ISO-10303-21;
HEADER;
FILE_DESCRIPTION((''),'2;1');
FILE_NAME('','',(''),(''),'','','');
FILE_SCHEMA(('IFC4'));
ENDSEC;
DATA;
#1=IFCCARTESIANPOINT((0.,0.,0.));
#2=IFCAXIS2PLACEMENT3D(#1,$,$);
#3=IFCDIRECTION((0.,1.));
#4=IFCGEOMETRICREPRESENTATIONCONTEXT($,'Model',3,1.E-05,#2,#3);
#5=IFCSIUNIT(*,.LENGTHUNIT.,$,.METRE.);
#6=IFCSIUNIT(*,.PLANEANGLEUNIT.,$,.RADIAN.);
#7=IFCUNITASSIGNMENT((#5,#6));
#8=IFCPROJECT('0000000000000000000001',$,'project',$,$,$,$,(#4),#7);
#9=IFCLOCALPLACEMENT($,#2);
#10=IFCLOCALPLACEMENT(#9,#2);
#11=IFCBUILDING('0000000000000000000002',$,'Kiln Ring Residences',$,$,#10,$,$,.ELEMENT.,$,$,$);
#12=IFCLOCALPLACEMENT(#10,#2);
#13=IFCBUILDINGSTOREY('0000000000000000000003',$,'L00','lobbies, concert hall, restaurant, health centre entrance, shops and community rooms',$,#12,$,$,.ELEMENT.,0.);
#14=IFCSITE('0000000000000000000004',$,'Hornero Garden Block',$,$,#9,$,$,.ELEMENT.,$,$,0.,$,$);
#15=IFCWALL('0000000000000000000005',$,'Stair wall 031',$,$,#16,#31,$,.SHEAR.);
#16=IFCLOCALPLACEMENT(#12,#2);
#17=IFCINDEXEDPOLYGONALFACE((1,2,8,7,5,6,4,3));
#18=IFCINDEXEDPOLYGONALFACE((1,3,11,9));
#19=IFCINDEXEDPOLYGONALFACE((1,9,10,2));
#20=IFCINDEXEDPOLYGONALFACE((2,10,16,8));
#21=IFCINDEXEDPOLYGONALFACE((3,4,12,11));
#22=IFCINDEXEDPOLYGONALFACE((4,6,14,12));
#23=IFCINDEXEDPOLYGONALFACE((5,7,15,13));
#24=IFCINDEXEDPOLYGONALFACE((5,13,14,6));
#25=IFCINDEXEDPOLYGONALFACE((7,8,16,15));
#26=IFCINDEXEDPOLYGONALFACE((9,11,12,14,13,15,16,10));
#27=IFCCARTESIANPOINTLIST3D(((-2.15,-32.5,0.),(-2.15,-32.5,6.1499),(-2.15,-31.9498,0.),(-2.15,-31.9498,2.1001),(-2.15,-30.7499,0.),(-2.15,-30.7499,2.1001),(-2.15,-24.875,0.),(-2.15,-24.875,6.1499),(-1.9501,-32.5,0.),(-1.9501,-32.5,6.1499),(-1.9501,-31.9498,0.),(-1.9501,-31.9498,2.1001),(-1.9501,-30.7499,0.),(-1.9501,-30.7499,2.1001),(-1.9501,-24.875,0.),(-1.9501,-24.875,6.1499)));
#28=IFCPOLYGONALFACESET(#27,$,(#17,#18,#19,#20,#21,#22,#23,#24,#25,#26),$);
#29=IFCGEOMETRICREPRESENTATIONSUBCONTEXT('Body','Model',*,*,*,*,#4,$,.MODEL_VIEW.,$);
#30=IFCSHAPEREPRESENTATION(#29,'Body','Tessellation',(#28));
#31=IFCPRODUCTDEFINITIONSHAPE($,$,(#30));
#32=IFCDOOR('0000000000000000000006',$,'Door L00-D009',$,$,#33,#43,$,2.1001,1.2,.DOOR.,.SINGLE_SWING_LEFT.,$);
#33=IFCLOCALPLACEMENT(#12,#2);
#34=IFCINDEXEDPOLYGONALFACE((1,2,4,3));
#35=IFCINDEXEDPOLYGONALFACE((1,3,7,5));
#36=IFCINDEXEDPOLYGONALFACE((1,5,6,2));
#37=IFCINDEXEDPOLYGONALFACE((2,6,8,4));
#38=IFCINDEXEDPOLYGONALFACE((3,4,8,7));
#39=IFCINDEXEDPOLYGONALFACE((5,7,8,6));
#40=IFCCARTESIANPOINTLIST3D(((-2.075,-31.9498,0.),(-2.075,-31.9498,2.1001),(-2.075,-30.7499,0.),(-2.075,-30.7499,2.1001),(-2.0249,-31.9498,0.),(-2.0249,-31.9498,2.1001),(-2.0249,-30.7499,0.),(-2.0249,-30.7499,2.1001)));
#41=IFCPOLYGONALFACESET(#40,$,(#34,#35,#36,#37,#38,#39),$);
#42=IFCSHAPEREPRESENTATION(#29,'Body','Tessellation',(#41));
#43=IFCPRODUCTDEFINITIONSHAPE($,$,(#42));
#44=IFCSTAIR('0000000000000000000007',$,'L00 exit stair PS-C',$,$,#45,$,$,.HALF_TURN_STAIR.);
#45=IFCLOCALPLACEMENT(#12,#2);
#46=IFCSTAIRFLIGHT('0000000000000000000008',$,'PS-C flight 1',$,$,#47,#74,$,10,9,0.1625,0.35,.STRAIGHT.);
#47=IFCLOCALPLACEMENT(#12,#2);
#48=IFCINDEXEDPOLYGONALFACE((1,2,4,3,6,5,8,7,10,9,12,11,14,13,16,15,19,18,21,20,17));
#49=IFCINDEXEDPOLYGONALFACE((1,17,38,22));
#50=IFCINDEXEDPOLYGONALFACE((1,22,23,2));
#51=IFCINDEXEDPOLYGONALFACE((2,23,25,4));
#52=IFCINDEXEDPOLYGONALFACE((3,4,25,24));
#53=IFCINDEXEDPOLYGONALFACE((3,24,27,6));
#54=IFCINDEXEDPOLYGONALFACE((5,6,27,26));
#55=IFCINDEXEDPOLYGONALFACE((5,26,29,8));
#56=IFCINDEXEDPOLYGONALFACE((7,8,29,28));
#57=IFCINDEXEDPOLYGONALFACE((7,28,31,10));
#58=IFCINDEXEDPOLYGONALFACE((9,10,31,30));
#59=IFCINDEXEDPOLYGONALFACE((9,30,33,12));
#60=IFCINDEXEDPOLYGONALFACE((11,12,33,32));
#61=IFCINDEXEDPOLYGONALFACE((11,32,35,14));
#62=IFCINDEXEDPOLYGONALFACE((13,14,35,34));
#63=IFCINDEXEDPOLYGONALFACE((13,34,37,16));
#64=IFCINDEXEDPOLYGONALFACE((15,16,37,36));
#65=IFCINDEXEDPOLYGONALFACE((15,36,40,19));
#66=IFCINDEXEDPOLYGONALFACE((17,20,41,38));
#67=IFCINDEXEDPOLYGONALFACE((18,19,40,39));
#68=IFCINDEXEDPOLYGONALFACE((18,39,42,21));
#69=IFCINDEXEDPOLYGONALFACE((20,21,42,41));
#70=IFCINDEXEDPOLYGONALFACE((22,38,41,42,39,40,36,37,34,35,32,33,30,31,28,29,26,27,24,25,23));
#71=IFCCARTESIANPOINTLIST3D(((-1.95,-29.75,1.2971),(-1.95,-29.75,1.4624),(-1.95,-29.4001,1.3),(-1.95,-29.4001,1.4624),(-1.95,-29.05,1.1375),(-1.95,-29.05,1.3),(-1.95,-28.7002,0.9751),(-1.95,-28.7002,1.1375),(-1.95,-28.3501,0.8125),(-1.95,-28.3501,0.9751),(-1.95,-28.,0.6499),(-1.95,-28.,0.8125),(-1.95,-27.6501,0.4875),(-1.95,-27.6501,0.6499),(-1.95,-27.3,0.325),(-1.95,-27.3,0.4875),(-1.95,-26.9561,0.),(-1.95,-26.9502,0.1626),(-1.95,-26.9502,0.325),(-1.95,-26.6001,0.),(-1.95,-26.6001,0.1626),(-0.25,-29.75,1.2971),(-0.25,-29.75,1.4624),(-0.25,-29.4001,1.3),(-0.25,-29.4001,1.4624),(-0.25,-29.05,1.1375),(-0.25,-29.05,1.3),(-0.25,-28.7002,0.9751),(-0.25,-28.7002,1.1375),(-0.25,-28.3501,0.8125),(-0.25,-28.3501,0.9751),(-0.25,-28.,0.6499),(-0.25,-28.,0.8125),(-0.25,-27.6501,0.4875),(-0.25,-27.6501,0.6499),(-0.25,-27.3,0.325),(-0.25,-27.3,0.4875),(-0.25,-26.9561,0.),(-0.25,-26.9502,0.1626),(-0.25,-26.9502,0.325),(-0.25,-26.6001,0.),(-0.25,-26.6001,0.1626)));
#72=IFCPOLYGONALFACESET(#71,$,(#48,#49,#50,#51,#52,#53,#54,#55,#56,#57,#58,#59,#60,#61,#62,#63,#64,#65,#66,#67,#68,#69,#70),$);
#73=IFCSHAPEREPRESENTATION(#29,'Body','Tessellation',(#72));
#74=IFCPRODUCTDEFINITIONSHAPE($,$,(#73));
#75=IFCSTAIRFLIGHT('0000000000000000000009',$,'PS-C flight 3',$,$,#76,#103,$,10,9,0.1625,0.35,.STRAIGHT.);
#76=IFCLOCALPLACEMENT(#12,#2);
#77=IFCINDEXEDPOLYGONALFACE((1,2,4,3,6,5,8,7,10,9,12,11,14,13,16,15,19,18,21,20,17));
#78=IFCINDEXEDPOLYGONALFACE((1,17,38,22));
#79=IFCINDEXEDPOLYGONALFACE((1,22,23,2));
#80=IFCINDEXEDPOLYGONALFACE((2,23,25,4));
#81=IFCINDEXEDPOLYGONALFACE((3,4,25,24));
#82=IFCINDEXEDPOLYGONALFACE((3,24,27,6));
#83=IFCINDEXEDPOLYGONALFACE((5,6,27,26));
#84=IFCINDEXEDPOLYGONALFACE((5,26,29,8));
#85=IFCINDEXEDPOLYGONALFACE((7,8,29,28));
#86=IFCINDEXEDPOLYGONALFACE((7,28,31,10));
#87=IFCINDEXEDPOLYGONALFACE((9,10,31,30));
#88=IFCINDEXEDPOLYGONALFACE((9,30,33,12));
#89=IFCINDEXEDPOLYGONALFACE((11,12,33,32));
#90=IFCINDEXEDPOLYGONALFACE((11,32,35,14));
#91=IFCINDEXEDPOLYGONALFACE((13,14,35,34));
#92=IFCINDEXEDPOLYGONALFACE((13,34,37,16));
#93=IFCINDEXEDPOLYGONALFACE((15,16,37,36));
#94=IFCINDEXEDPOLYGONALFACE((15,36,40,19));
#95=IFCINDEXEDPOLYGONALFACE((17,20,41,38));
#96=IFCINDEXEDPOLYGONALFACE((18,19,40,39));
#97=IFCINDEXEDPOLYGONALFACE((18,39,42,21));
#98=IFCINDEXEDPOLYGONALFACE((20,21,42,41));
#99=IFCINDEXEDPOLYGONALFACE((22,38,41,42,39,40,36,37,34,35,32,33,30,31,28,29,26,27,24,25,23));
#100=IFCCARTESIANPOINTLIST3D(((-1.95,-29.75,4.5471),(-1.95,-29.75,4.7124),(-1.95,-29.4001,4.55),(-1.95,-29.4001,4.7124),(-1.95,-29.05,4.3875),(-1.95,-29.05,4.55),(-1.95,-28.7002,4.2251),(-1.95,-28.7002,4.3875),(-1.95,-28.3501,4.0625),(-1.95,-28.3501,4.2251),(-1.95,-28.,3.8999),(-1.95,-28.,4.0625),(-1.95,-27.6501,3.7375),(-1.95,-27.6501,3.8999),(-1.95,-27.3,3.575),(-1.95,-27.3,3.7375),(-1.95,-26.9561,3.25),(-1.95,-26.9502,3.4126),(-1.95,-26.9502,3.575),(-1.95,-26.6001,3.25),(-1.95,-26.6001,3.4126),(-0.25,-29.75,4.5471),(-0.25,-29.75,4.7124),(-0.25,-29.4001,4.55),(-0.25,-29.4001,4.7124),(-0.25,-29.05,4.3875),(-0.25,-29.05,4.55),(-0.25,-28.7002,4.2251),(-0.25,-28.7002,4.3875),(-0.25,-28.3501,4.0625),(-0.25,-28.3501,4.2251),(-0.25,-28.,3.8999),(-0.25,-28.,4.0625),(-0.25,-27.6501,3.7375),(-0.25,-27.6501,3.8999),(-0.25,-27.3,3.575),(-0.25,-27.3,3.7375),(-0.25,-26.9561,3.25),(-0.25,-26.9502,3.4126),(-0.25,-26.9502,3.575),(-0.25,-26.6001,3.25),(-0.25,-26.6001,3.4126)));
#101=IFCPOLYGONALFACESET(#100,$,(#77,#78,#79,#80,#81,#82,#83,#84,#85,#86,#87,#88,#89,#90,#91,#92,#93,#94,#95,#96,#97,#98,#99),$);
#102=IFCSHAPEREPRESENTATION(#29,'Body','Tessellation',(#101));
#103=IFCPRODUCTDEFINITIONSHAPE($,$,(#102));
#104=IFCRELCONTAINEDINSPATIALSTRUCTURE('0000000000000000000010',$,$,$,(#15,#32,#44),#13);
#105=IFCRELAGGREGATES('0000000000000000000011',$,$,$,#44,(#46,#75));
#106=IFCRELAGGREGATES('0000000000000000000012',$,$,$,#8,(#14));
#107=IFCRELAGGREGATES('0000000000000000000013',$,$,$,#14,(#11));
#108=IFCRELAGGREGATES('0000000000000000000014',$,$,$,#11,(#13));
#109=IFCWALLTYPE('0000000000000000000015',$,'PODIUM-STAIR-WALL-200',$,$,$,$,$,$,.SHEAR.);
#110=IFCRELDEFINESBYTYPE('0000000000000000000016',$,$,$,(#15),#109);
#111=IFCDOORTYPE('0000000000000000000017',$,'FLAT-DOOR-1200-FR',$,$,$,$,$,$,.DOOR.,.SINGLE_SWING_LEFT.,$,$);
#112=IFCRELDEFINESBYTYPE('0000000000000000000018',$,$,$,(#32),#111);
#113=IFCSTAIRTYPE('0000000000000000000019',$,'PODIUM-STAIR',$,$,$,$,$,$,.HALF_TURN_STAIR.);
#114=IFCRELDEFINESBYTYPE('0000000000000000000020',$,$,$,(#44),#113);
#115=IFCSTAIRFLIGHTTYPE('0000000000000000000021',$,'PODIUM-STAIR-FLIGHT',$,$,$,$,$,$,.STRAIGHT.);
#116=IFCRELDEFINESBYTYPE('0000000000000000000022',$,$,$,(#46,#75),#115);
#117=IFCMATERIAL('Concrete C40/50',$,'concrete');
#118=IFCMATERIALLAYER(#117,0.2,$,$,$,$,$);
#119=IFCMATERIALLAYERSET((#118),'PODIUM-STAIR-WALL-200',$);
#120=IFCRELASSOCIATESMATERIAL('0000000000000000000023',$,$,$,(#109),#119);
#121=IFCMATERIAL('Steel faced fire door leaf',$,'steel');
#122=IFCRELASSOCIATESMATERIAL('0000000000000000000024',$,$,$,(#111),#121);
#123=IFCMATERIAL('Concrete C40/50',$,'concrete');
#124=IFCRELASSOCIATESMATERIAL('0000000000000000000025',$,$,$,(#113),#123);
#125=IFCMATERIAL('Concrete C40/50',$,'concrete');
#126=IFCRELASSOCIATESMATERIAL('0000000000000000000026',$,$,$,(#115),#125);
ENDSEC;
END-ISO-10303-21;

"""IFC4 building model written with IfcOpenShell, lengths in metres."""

from ifc_helpers import new_model, si_unit, direction, frame, frame_2d, origin, place, context, subcontext, project, spatial, polyline, rectangle, outline, extrude, material, layer, layer_set, type_object, element, fill, aggregate, save


model = new_model("IFC4")

# Units and contexts
model_context = context("Model", 3, precision=1e-05, world=origin(), true_north=direction((0.0, 1.0)))
body_context = subcontext(model_context, "Body", "Model", "MODEL_VIEW")
ifc_project = project(units=[si_unit("LENGTHUNIT", "METRE"), si_unit("PLANEANGLEUNIT", "RADIAN")], contexts=[model_context])

# Site, building, storey
site_placement = place(None, origin())
site = spatial("IfcSite", under=ifc_project, at=site_placement, Name="Hornero Garden Block", CompositionType="ELEMENT", RefElevation=0.0)
building_placement = place(site_placement, origin())
building = spatial("IfcBuilding", under=site, at=building_placement, Name="Kiln Ring Residences", CompositionType="ELEMENT")
storey_placement = place(building_placement, origin())
storey = spatial("IfcBuildingStorey", under=building, at=storey_placement, Name="L00", Description="lobbies, concert hall, restaurant, health centre entrance, shops and community rooms", CompositionType="ELEMENT", Elevation=0.0)

# Shared definitions
placement = place(storey_placement, origin())

# Shared definitions
ifc_material_1 = material(Name="Concrete C40/50", Category="concrete")
ifc_layer_1 = layer(ifc_material_1, 0.2)
ifc_layer_set_1 = layer_set([ifc_layer_1], Name="PODIUM-STAIR-WALL-200")
wall_type_1 = type_object("IfcWallType", Name="PODIUM-STAIR-WALL-200", PredefinedType="SHEAR", material=ifc_layer_set_1)

# Wall, opening, door
ifc_material_2 = material(Name="Steel faced fire door leaf", Category="steel")
door_type = type_object("IfcDoorType", Name="FLAT-DOOR-1200-FR", OperationType="SINGLE_SWING_LEFT", PredefinedType="DOOR", material=ifc_material_2)
wall_1_placement = place(storey_placement, frame((-2.05, -32.5, 0.0), z_axis=(0.0, 0.0, 1.0), x_axis=(0.0, 1.0, 0.0)))
wall_1 = element("IfcWall", 1, at=wall_1_placement, inside=storey, type_object=wall_type_1, Name="Stair wall 031", PredefinedType="SHEAR", context=body_context, shape_type="SweptSolid", body=[
    extrude(rectangle(XDim=7.625, YDim=0.2, at=frame_2d((3.8125, 0.0))), origin(), (0.0, 0.0, 1.0), 6.1499),
])
opening_1_placement = place(wall_1_placement, frame((0.55, 0.0, 0.0)))
opening_1 = element("IfcOpeningElement", 2, at=opening_1_placement, cuts=wall_1, PredefinedType="OPENING", context=body_context, shape_type="SweptSolid", body=[
    extrude(rectangle(XDim=1.2, YDim=2.1001, at=frame_2d((0.6001, 1.05))), frame((0.0, 0.1099, 0.0), z_axis=(0.0, -1.0, 0.0), x_axis=(1.0, 0.0, 0.0)), (0.0, 0.0, 1.0), 0.22),
])
door_1_placement = place(opening_1_placement, origin())
door_1 = element("IfcDoor", 3, at=door_1_placement, inside=storey, type_object=door_type, Name="Door L00-D009", OperationType="SINGLE_SWING_LEFT", OverallHeight=2.1001, OverallWidth=1.2, PredefinedType="DOOR", context=body_context, shape_type="SweptSolid", body=[
    extrude(rectangle(XDim=1.2, YDim=2.1001, at=frame_2d((0.6001, 1.05))), frame((0.0, 0.0249, 0.0), z_axis=(0.0, -1.0, 0.0), x_axis=(1.0, 0.0, 0.0)), (0.0, 0.0, 1.0), 0.05),
])
fill(opening_1, door_1)

# Stair, stair flights
ifc_material_3 = material(Name="Concrete C40/50", Category="concrete")
stair_type = type_object("IfcStairType", Name="PODIUM-STAIR", PredefinedType="HALF_TURN_STAIR", material=ifc_material_3)
stair = element("IfcStair", 4, at=placement, inside=storey, type_object=stair_type, Name="L00 exit stair PS-C", PredefinedType="HALF_TURN_STAIR")
ifc_material_4 = material(Name="Concrete C40/50", Category="concrete")
stair_flight_type = type_object("IfcStairFlightType", Name="PODIUM-STAIR-FLIGHT", PredefinedType="STRAIGHT", material=ifc_material_4)
stair_flight_1_placement = place(storey_placement, frame((-1.1001, -26.6001, 0.0), z_axis=(0.0, 0.0, 1.0), x_axis=(0.0, -1.0, 0.0)))
stair_flight_1 = element("IfcStairFlight", 5, at=stair_flight_1_placement, type_object=stair_flight_type, Name="PS-C flight 1", NumberOfRisers=10, NumberOfTreads=9, PredefinedType="STRAIGHT", RiserHeight=0.1625, TreadLength=0.35, context=body_context, shape_type="SweptSolid", body=[
    extrude(outline(polyline([(0.0, 0.0), (0.0, 0.1626), (0.3501, 0.1626), (0.3501, 0.325), (0.7, 0.325), (0.7, 0.4875), (1.05, 0.4875), (1.05, 0.6499), (1.3999, 0.6499), (1.3999, 0.8125), (1.75, 0.8125), (1.75, 0.9751), (2.1001, 0.9751), (2.1001, 1.1375), (2.45, 1.1375), (2.45, 1.3), (2.8, 1.3), (2.8, 1.4624), (3.1499, 1.4624), (3.1499, 1.625), (3.1499, 1.2971), (0.356, 0.0), (0.0, 0.0)])), frame((0.0, 0.8501, 0.0), z_axis=(0.0, -1.0, 0.0), x_axis=(1.0, 0.0, 0.0)), (0.0, 0.0, 1.0), 1.7),
])
stair_flight_2_placement = place(storey_placement, frame((-1.1001, -26.6001, 3.25), z_axis=(0.0, 0.0, 1.0), x_axis=(0.0, -1.0, 0.0)))
stair_flight_2 = element("IfcStairFlight", 6, at=stair_flight_2_placement, type_object=stair_flight_type, Name="PS-C flight 3", NumberOfRisers=10, NumberOfTreads=9, PredefinedType="STRAIGHT", RiserHeight=0.1625, TreadLength=0.35, context=body_context, shape_type="SweptSolid", body=[
    extrude(outline(polyline([(0.0, 0.0), (0.0, 0.1626), (0.3501, 0.1626), (0.3501, 0.325), (0.7, 0.325), (0.7, 0.4875), (1.05, 0.4875), (1.05, 0.6499), (1.3999, 0.6499), (1.3999, 0.8125), (1.75, 0.8125), (1.75, 0.9751), (2.1001, 0.9751), (2.1001, 1.1375), (2.45, 1.1375), (2.45, 1.3), (2.8, 1.3), (2.8, 1.4624), (3.1499, 1.4624), (3.1499, 1.625), (3.1499, 1.2971), (0.356, 0.0), (0.0, 0.0)])), frame((0.0, 0.8501, 0.0), z_axis=(0.0, -1.0, 0.0), x_axis=(1.0, 0.0, 0.0)), (0.0, 0.0, 1.0), 1.7),
])
aggregate(stair, [stair_flight_1, stair_flight_2])

save(model, "model.ifc")
